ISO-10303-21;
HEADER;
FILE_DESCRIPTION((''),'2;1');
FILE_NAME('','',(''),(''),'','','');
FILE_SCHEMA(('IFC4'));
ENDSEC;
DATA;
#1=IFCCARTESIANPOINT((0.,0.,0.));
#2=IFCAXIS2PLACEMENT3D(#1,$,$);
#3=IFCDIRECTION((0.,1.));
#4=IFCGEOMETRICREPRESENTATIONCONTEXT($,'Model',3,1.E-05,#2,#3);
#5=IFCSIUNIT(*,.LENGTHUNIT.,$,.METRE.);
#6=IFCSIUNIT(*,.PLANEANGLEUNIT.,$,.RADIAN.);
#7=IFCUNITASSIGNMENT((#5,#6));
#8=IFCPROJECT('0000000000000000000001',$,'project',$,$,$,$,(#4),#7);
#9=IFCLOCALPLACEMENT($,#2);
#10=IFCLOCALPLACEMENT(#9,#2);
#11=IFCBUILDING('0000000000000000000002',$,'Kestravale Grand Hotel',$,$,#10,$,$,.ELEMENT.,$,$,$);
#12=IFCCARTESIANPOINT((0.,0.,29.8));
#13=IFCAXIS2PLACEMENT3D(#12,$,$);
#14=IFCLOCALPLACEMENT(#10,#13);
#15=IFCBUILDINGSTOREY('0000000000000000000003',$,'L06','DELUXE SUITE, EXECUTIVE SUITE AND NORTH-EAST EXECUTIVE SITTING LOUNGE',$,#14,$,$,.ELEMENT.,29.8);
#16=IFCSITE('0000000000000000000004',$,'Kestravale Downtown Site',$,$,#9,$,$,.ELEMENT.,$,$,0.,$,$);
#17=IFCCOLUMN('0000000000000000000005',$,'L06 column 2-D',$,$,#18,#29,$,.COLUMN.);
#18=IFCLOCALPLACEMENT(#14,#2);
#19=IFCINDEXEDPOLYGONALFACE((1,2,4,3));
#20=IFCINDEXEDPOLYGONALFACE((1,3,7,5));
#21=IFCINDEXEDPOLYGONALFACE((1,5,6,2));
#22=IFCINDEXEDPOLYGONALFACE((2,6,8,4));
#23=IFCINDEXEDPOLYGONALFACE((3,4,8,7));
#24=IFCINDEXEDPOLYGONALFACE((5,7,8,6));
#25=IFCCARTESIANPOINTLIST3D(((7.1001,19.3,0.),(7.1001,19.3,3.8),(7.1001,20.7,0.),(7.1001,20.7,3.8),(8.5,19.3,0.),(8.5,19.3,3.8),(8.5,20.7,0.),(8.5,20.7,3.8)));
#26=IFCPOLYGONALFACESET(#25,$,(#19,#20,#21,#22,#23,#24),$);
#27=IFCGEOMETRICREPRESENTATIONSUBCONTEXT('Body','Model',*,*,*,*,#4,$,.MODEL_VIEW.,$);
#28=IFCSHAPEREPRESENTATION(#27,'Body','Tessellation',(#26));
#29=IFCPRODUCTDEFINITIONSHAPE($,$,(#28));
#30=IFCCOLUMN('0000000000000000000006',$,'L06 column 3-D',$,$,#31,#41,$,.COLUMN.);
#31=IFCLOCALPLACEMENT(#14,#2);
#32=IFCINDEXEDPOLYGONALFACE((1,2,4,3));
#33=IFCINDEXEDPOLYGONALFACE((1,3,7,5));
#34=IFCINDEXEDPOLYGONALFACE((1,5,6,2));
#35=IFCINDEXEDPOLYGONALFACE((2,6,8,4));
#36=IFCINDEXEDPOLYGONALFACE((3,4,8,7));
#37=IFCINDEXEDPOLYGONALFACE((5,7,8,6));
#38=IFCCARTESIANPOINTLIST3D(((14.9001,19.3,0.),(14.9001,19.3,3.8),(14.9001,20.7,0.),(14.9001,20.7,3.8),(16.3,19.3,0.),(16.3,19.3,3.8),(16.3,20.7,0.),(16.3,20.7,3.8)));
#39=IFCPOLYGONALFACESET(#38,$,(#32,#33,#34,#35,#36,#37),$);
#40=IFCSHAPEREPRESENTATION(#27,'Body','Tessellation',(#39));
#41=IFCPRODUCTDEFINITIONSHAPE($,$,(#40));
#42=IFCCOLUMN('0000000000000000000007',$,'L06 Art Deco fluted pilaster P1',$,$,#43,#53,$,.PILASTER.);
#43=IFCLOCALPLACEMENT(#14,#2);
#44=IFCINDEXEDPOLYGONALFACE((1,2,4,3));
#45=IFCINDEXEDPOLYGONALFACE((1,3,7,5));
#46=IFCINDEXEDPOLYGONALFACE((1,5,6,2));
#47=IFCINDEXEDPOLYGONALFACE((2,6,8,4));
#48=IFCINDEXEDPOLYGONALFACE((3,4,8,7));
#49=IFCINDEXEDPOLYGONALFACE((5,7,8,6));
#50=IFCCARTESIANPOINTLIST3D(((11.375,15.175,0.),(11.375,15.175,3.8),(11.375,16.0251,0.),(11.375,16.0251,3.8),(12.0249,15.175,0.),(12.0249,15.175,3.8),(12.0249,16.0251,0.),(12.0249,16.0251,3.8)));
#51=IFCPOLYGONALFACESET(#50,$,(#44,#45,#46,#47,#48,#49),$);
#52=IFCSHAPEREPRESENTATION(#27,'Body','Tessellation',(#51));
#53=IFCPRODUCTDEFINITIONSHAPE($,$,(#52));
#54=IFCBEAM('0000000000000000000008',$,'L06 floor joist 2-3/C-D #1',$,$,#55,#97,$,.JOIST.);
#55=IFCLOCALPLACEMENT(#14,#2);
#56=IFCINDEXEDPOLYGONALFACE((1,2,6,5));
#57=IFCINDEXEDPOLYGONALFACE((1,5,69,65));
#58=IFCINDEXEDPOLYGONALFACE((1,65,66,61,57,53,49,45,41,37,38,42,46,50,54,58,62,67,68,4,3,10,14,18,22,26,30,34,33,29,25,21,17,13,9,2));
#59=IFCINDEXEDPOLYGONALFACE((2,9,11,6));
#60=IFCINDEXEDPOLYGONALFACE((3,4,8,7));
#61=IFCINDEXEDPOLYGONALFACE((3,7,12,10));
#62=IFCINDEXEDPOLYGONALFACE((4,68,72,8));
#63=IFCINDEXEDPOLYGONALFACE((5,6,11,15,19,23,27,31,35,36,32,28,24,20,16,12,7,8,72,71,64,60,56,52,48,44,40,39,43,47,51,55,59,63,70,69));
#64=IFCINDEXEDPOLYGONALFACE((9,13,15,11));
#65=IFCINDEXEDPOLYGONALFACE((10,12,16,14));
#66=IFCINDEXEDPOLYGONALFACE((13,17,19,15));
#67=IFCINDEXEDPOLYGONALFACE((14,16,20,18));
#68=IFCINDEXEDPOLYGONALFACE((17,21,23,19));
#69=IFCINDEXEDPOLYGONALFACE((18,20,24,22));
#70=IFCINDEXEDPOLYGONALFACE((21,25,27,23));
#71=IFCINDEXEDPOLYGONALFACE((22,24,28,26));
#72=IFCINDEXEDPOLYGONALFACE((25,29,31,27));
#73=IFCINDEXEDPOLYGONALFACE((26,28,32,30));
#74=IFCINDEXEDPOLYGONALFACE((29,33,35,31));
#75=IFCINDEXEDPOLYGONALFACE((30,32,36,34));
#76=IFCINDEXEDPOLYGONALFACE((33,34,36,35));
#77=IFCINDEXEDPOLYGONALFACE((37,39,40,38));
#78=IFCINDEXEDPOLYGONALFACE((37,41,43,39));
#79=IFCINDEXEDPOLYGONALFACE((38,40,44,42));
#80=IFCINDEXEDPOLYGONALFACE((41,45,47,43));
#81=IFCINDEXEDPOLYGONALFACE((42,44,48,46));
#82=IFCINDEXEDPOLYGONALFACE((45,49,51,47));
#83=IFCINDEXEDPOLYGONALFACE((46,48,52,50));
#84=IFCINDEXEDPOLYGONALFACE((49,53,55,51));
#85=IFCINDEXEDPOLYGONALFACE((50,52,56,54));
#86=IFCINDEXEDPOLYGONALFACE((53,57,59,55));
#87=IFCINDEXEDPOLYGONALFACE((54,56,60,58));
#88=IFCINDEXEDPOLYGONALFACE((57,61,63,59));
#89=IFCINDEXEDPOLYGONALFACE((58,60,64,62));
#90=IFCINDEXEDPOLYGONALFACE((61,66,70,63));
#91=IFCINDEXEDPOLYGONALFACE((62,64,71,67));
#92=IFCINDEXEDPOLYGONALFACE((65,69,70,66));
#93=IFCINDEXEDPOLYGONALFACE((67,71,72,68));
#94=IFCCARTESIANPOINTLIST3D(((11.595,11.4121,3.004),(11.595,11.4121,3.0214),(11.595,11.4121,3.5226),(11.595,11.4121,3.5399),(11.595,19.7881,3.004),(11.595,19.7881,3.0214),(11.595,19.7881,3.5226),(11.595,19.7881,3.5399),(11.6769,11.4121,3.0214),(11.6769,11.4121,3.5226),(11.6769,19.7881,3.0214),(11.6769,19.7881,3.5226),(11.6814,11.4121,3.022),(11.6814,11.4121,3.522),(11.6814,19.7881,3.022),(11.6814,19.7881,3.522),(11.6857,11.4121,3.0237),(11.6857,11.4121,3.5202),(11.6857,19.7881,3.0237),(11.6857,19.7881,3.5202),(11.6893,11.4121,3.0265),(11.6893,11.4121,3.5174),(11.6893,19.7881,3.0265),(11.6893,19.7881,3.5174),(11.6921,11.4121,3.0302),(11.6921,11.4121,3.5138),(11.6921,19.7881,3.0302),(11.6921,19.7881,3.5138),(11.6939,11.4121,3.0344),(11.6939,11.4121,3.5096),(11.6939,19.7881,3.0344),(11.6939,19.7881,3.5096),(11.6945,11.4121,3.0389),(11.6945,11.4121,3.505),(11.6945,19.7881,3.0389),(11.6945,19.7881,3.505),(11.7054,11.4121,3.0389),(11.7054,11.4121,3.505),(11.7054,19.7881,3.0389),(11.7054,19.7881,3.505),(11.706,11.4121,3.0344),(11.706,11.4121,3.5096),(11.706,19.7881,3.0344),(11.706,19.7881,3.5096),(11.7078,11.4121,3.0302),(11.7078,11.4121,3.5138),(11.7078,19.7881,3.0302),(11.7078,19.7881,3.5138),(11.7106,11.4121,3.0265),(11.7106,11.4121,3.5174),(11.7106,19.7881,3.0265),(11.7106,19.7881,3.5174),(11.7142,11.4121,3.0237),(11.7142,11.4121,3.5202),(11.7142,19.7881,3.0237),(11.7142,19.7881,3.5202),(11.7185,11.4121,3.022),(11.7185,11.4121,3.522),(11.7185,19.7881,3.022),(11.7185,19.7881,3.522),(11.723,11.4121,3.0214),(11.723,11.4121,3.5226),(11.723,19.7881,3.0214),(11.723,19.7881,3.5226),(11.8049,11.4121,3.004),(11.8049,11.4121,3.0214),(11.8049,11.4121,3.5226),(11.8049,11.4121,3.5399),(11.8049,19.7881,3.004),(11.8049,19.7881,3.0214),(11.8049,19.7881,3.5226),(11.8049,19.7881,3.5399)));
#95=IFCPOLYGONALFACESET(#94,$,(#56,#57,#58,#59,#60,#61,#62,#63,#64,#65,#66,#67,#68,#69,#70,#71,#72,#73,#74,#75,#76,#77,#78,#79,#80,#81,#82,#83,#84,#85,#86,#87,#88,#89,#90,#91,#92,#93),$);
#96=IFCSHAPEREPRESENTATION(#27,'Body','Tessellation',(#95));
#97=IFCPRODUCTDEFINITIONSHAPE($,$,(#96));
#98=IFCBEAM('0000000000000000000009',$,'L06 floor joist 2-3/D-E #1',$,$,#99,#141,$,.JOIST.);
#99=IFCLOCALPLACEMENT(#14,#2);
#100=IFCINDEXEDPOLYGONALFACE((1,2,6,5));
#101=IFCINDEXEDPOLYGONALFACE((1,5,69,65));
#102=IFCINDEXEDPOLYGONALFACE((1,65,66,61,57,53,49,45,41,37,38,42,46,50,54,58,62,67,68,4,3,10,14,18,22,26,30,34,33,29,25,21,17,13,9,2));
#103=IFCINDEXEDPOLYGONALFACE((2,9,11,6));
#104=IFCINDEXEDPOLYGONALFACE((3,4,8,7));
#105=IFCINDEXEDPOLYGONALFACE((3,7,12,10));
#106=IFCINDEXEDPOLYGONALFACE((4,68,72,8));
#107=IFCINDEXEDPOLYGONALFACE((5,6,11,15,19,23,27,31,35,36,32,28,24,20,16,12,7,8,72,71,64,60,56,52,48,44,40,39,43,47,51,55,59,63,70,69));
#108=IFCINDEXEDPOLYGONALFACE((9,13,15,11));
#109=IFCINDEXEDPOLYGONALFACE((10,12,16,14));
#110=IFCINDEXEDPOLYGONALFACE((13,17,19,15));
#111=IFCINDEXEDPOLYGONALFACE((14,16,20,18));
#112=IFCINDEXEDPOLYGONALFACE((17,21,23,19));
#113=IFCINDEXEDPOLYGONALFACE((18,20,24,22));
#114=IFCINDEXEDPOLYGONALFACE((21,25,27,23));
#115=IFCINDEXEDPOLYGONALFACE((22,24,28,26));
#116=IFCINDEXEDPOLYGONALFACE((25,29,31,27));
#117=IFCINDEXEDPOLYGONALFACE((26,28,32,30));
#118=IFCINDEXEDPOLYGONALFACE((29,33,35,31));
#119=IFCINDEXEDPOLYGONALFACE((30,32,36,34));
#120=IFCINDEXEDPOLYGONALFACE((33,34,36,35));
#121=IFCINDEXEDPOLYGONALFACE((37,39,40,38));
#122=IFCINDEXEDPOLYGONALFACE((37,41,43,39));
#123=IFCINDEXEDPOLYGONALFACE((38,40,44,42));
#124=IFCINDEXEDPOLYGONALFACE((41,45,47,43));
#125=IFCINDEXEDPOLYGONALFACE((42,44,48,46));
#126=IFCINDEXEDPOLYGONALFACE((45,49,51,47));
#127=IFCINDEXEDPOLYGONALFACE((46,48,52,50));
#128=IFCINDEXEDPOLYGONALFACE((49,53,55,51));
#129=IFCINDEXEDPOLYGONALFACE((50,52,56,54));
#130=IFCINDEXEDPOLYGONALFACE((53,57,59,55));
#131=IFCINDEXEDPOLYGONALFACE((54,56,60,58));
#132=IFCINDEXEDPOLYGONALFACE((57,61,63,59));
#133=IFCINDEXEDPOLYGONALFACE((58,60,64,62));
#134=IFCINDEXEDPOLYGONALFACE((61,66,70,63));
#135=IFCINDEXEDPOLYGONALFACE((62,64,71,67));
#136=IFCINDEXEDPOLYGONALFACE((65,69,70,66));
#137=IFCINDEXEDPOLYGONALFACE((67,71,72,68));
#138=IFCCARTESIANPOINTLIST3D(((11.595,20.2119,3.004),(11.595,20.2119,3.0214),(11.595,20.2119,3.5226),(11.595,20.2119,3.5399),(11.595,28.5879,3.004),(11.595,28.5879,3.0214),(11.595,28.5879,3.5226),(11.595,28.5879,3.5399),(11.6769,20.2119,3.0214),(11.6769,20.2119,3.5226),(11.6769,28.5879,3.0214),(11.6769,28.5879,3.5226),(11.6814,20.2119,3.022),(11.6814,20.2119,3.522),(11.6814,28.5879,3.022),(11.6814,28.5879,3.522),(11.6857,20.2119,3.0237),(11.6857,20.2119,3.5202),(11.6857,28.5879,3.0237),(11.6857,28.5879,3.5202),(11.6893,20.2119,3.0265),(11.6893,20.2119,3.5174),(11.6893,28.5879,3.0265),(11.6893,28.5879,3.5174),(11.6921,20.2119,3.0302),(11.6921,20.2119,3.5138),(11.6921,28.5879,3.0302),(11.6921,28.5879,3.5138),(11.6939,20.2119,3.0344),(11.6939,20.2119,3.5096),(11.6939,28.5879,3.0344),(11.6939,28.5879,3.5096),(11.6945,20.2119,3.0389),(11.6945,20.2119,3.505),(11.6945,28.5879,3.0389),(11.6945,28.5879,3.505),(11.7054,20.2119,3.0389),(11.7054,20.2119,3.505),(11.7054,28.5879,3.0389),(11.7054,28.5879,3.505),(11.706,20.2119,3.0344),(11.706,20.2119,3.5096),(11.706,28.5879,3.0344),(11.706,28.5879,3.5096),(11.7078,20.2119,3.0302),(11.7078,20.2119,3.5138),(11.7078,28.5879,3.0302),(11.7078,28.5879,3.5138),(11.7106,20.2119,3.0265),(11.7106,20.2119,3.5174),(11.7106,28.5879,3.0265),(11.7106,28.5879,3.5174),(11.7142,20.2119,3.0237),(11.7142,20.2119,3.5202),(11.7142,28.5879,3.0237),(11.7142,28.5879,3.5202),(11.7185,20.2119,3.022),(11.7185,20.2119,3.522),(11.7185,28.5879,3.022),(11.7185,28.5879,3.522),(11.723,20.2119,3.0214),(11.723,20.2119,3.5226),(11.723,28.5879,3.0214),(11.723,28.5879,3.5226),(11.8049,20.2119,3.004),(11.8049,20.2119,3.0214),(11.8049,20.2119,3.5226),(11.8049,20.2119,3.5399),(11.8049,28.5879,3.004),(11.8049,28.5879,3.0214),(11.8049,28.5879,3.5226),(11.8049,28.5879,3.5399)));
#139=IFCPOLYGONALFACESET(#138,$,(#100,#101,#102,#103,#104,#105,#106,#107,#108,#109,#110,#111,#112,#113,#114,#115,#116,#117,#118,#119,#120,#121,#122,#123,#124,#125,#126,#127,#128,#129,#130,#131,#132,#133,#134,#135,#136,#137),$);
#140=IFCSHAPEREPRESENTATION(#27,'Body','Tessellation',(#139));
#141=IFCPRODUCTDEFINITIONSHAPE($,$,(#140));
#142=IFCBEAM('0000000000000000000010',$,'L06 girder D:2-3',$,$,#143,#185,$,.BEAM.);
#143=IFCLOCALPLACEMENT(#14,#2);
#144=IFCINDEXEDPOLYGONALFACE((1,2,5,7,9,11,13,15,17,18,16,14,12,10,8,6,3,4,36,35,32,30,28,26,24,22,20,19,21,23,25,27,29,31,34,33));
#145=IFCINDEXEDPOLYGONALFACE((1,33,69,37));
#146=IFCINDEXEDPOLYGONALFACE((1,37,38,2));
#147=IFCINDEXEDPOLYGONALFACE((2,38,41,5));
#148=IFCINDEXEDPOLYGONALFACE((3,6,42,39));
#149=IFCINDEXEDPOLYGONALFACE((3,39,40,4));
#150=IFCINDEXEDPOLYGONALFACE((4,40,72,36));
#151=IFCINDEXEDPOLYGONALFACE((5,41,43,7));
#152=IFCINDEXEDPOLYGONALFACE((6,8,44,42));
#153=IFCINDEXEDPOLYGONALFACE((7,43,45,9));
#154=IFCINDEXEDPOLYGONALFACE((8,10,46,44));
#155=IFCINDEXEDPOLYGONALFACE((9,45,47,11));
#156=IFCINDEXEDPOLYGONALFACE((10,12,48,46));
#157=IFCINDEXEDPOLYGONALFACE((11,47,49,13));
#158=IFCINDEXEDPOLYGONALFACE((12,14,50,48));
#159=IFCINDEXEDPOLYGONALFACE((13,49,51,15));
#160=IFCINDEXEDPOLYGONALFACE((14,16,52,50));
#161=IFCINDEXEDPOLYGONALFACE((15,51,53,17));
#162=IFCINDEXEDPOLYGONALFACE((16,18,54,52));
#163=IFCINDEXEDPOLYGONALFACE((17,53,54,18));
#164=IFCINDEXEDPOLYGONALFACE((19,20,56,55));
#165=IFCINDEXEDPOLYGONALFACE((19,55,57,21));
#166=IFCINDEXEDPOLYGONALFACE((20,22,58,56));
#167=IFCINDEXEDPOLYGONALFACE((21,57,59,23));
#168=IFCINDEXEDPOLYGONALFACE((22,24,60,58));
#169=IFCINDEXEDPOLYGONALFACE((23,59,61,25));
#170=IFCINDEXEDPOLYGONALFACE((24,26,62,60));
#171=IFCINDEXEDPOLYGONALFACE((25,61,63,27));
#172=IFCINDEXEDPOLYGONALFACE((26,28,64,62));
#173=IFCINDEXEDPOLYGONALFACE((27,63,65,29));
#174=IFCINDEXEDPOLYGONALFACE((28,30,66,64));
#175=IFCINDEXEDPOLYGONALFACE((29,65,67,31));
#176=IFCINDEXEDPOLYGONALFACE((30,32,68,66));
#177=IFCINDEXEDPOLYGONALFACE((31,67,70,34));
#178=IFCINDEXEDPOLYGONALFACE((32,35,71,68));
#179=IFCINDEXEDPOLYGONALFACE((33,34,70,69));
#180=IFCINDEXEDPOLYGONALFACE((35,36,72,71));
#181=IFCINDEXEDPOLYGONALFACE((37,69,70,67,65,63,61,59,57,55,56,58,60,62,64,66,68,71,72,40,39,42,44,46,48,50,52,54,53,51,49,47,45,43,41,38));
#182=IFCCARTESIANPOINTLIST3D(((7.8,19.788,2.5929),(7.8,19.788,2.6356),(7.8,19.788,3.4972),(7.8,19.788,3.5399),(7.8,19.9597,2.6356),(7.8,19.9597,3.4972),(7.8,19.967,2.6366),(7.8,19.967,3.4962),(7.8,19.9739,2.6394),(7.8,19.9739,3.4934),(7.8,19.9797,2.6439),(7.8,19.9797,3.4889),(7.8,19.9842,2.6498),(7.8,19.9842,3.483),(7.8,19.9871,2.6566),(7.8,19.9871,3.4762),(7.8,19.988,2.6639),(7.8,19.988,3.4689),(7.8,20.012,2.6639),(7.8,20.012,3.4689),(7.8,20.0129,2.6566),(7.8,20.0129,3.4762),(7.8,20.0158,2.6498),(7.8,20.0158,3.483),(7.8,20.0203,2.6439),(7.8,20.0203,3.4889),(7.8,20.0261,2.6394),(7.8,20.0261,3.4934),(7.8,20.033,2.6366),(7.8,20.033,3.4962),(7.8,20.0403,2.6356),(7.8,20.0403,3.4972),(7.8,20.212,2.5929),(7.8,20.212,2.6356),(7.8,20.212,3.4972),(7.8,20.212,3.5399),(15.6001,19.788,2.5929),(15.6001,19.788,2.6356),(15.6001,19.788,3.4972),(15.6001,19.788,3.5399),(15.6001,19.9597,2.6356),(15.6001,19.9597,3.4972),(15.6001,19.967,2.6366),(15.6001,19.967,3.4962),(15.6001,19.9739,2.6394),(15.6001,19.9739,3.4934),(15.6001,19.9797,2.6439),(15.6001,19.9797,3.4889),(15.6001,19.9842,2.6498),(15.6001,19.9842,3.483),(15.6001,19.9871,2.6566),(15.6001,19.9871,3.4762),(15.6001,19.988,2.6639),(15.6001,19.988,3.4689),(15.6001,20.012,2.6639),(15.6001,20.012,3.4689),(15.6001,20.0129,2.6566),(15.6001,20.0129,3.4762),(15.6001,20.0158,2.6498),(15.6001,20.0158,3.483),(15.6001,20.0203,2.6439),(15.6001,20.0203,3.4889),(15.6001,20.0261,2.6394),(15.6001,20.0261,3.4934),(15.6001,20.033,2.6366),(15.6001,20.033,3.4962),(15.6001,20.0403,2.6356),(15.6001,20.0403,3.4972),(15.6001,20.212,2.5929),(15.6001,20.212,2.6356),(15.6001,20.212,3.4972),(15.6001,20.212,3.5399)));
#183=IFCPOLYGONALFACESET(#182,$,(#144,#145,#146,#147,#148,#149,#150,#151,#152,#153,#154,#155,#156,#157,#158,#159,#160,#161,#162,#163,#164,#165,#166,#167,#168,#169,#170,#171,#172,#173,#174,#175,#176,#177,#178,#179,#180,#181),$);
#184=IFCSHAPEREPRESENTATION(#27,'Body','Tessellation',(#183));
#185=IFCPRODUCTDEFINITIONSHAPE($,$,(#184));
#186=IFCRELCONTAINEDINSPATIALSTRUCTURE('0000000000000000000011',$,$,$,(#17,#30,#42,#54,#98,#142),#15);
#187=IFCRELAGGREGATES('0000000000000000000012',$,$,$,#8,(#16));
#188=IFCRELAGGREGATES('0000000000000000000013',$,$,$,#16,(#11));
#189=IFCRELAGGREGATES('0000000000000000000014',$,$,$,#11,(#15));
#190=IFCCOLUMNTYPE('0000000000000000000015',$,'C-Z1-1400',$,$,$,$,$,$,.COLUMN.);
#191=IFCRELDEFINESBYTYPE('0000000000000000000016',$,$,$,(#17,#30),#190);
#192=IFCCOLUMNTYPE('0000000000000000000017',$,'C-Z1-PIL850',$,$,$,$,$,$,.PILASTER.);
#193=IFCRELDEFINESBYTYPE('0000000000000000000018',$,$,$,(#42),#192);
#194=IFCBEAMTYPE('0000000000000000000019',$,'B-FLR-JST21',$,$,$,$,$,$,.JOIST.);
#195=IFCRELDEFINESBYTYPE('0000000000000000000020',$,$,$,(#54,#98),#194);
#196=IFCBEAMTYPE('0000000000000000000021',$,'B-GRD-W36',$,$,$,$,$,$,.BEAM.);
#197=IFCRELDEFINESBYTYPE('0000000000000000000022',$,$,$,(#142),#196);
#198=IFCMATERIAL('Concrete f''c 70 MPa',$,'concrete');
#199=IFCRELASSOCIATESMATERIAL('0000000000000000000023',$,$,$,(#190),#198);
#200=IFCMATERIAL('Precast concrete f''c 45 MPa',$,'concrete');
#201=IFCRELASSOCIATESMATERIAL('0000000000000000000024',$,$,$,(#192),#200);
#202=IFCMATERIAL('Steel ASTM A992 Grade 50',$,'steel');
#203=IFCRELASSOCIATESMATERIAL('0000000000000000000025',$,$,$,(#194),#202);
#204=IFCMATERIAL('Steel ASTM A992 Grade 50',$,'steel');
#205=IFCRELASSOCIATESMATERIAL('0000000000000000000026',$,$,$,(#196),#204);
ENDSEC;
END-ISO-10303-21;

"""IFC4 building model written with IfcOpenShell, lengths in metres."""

from ifc_helpers import new_model, si_unit, direction, frame, origin, origin_2d, place, context, subcontext, project, spatial, rectangle, i_section, extrude, material, material_profile, profile_set, type_object, element, save


model = new_model("IFC4")

# Units and contexts
model_context = context("Model", 3, precision=1e-05, world=origin(), true_north=direction((0.0, 1.0)))
body_context = subcontext(model_context, "Body", "Model", "MODEL_VIEW")
ifc_project = project(units=[si_unit("LENGTHUNIT", "METRE"), si_unit("PLANEANGLEUNIT", "RADIAN")], contexts=[model_context])

# Site, building, storey
site_placement = place(None, origin())
site = spatial("IfcSite", under=ifc_project, at=site_placement, Name="Kestravale Downtown Site", CompositionType="ELEMENT", RefElevation=0.0)
building_placement = place(site_placement, origin())
building = spatial("IfcBuilding", under=site, at=building_placement, Name="Kestravale Grand Hotel", CompositionType="ELEMENT")
storey_placement = place(building_placement, frame((0.0, 0.0, 29.8)))
storey = spatial("IfcBuildingStorey", under=building, at=storey_placement, Name="L06", Description="DELUXE SUITE, EXECUTIVE SUITE AND NORTH-EAST EXECUTIVE SITTING LOUNGE", CompositionType="ELEMENT", Elevation=29.8)

# Columns
ifc_material_1 = material(Name="Concrete f'c 70 MPa", Category="concrete")
ifc_material_profile_1 = material_profile(ifc_material_1, rectangle(XDim=1.3999, YDim=1.3999, at=origin_2d()))
ifc_profile_set_1 = profile_set([ifc_material_profile_1], Name="Concrete f'c 70 MPa")
column_type_1 = type_object("IfcColumnType", Name="C-Z1-1400", PredefinedType="COLUMN", material=ifc_profile_set_1)
for number, where, z_axis, x_axis, name in (
    (1, (7.8, 20.0, 0.0), (0.0, 0.0, 1.0), (1.0, 0.0, 0.0), "L06 column 2-D"),
    (2, (15.6001, 20.0, 0.0), (0.0, 0.0, 1.0), (1.0, 0.0, 0.0), "L06 column 3-D"),
):
    element("IfcColumn", number, at=place(storey_placement, frame(where, z_axis=z_axis, x_axis=x_axis)), inside=storey, type_object=column_type_1, Name=name, PredefinedType="COLUMN", context=body_context, shape_type="SweptSolid", body=[
        extrude(rectangle(XDim=1.3999, YDim=1.3999, at=origin_2d()), origin(), (0.0, 0.0, 1.0), 3.8),
    ])
ifc_material_2 = material(Name="Precast concrete f'c 45 MPa", Category="concrete")
ifc_material_profile_2 = material_profile(ifc_material_2, rectangle(XDim=0.6499, YDim=0.8501, at=origin_2d()))
ifc_profile_set_2 = profile_set([ifc_material_profile_2], Name="Precast concrete f'c 45 MPa")
column_type_2 = type_object("IfcColumnType", Name="C-Z1-PIL850", PredefinedType="PILASTER", material=ifc_profile_set_2)
column_placement = place(storey_placement, frame((11.7, 15.6001, 0.0), z_axis=(0.0, 0.0, 1.0), x_axis=(1.0, 0.0, 0.0)))
element("IfcColumn", 3, at=column_placement, inside=storey, type_object=column_type_2, Name="L06 Art Deco fluted pilaster P1", PredefinedType="PILASTER", context=body_context, shape_type="SweptSolid", body=[
    extrude(rectangle(XDim=0.6499, YDim=0.8501, at=origin_2d()), origin(), (0.0, 0.0, 1.0), 3.8),
])

# Beams
ifc_material_3 = material(Name="Steel ASTM A992 Grade 50", Category="steel")
ifc_material_profile_3 = material_profile(ifc_material_3, i_section(OverallWidth=0.21, OverallDepth=0.5359, WebThickness=0.011, FlangeThickness=0.0173, FilletRadius=0.0176, at=origin_2d()))
ifc_profile_set_3 = profile_set([ifc_material_profile_3], Name="Steel ASTM A992 Grade 50")
beam_type_1 = type_object("IfcBeamType", Name="B-FLR-JST21", PredefinedType="JOIST", material=ifc_profile_set_3)
for number, where, z_axis, x_axis, name in (
    (4, (11.7, 11.4121, 3.272), (0.0, 1.0, 0.0), (-1.0, 0.0, 0.0), "L06 floor joist 2-3/C-D #1"),
    (5, (11.7, 20.2119, 3.272), (0.0, 1.0, 0.0), (-1.0, 0.0, 0.0), "L06 floor joist 2-3/D-E #1"),
):
    element("IfcBeam", number, at=place(storey_placement, frame(where, z_axis=z_axis, x_axis=x_axis)), inside=storey, type_object=beam_type_1, Name=name, PredefinedType="JOIST", context=body_context, shape_type="SweptSolid", body=[
        extrude(i_section(OverallWidth=0.21, OverallDepth=0.5359, WebThickness=0.011, FlangeThickness=0.0173, FilletRadius=0.0176, at=origin_2d()), origin(), (0.0, 0.0, 1.0), 8.376),
    ])
ifc_material_4 = material(Name="Steel ASTM A992 Grade 50", Category="steel")
ifc_material_profile_4 = material_profile(ifc_material_4, i_section(OverallWidth=0.4241, OverallDepth=0.947, WebThickness=0.0239, FlangeThickness=0.0427, FilletRadius=0.0283, at=origin_2d()))
ifc_profile_set_4 = profile_set([ifc_material_profile_4], Name="Steel ASTM A992 Grade 50")
beam_type_2 = type_object("IfcBeamType", Name="B-GRD-W36", PredefinedType="BEAM", material=ifc_profile_set_4)
beam_1_placement = place(storey_placement, frame((7.8, 20.0, 3.0664), z_axis=(1.0, 0.0, 0.0), x_axis=(0.0, 1.0, 0.0)))
element("IfcBeam", 6, at=beam_1_placement, inside=storey, type_object=beam_type_2, Name="L06 girder D:2-3", PredefinedType="BEAM", context=body_context, shape_type="SweptSolid", body=[
    extrude(i_section(OverallWidth=0.4241, OverallDepth=0.947, WebThickness=0.0239, FlangeThickness=0.0427, FilletRadius=0.0283, at=origin_2d()), origin(), (0.0, 0.0, 1.0), 7.8),
])

save(model, "model.ifc")
